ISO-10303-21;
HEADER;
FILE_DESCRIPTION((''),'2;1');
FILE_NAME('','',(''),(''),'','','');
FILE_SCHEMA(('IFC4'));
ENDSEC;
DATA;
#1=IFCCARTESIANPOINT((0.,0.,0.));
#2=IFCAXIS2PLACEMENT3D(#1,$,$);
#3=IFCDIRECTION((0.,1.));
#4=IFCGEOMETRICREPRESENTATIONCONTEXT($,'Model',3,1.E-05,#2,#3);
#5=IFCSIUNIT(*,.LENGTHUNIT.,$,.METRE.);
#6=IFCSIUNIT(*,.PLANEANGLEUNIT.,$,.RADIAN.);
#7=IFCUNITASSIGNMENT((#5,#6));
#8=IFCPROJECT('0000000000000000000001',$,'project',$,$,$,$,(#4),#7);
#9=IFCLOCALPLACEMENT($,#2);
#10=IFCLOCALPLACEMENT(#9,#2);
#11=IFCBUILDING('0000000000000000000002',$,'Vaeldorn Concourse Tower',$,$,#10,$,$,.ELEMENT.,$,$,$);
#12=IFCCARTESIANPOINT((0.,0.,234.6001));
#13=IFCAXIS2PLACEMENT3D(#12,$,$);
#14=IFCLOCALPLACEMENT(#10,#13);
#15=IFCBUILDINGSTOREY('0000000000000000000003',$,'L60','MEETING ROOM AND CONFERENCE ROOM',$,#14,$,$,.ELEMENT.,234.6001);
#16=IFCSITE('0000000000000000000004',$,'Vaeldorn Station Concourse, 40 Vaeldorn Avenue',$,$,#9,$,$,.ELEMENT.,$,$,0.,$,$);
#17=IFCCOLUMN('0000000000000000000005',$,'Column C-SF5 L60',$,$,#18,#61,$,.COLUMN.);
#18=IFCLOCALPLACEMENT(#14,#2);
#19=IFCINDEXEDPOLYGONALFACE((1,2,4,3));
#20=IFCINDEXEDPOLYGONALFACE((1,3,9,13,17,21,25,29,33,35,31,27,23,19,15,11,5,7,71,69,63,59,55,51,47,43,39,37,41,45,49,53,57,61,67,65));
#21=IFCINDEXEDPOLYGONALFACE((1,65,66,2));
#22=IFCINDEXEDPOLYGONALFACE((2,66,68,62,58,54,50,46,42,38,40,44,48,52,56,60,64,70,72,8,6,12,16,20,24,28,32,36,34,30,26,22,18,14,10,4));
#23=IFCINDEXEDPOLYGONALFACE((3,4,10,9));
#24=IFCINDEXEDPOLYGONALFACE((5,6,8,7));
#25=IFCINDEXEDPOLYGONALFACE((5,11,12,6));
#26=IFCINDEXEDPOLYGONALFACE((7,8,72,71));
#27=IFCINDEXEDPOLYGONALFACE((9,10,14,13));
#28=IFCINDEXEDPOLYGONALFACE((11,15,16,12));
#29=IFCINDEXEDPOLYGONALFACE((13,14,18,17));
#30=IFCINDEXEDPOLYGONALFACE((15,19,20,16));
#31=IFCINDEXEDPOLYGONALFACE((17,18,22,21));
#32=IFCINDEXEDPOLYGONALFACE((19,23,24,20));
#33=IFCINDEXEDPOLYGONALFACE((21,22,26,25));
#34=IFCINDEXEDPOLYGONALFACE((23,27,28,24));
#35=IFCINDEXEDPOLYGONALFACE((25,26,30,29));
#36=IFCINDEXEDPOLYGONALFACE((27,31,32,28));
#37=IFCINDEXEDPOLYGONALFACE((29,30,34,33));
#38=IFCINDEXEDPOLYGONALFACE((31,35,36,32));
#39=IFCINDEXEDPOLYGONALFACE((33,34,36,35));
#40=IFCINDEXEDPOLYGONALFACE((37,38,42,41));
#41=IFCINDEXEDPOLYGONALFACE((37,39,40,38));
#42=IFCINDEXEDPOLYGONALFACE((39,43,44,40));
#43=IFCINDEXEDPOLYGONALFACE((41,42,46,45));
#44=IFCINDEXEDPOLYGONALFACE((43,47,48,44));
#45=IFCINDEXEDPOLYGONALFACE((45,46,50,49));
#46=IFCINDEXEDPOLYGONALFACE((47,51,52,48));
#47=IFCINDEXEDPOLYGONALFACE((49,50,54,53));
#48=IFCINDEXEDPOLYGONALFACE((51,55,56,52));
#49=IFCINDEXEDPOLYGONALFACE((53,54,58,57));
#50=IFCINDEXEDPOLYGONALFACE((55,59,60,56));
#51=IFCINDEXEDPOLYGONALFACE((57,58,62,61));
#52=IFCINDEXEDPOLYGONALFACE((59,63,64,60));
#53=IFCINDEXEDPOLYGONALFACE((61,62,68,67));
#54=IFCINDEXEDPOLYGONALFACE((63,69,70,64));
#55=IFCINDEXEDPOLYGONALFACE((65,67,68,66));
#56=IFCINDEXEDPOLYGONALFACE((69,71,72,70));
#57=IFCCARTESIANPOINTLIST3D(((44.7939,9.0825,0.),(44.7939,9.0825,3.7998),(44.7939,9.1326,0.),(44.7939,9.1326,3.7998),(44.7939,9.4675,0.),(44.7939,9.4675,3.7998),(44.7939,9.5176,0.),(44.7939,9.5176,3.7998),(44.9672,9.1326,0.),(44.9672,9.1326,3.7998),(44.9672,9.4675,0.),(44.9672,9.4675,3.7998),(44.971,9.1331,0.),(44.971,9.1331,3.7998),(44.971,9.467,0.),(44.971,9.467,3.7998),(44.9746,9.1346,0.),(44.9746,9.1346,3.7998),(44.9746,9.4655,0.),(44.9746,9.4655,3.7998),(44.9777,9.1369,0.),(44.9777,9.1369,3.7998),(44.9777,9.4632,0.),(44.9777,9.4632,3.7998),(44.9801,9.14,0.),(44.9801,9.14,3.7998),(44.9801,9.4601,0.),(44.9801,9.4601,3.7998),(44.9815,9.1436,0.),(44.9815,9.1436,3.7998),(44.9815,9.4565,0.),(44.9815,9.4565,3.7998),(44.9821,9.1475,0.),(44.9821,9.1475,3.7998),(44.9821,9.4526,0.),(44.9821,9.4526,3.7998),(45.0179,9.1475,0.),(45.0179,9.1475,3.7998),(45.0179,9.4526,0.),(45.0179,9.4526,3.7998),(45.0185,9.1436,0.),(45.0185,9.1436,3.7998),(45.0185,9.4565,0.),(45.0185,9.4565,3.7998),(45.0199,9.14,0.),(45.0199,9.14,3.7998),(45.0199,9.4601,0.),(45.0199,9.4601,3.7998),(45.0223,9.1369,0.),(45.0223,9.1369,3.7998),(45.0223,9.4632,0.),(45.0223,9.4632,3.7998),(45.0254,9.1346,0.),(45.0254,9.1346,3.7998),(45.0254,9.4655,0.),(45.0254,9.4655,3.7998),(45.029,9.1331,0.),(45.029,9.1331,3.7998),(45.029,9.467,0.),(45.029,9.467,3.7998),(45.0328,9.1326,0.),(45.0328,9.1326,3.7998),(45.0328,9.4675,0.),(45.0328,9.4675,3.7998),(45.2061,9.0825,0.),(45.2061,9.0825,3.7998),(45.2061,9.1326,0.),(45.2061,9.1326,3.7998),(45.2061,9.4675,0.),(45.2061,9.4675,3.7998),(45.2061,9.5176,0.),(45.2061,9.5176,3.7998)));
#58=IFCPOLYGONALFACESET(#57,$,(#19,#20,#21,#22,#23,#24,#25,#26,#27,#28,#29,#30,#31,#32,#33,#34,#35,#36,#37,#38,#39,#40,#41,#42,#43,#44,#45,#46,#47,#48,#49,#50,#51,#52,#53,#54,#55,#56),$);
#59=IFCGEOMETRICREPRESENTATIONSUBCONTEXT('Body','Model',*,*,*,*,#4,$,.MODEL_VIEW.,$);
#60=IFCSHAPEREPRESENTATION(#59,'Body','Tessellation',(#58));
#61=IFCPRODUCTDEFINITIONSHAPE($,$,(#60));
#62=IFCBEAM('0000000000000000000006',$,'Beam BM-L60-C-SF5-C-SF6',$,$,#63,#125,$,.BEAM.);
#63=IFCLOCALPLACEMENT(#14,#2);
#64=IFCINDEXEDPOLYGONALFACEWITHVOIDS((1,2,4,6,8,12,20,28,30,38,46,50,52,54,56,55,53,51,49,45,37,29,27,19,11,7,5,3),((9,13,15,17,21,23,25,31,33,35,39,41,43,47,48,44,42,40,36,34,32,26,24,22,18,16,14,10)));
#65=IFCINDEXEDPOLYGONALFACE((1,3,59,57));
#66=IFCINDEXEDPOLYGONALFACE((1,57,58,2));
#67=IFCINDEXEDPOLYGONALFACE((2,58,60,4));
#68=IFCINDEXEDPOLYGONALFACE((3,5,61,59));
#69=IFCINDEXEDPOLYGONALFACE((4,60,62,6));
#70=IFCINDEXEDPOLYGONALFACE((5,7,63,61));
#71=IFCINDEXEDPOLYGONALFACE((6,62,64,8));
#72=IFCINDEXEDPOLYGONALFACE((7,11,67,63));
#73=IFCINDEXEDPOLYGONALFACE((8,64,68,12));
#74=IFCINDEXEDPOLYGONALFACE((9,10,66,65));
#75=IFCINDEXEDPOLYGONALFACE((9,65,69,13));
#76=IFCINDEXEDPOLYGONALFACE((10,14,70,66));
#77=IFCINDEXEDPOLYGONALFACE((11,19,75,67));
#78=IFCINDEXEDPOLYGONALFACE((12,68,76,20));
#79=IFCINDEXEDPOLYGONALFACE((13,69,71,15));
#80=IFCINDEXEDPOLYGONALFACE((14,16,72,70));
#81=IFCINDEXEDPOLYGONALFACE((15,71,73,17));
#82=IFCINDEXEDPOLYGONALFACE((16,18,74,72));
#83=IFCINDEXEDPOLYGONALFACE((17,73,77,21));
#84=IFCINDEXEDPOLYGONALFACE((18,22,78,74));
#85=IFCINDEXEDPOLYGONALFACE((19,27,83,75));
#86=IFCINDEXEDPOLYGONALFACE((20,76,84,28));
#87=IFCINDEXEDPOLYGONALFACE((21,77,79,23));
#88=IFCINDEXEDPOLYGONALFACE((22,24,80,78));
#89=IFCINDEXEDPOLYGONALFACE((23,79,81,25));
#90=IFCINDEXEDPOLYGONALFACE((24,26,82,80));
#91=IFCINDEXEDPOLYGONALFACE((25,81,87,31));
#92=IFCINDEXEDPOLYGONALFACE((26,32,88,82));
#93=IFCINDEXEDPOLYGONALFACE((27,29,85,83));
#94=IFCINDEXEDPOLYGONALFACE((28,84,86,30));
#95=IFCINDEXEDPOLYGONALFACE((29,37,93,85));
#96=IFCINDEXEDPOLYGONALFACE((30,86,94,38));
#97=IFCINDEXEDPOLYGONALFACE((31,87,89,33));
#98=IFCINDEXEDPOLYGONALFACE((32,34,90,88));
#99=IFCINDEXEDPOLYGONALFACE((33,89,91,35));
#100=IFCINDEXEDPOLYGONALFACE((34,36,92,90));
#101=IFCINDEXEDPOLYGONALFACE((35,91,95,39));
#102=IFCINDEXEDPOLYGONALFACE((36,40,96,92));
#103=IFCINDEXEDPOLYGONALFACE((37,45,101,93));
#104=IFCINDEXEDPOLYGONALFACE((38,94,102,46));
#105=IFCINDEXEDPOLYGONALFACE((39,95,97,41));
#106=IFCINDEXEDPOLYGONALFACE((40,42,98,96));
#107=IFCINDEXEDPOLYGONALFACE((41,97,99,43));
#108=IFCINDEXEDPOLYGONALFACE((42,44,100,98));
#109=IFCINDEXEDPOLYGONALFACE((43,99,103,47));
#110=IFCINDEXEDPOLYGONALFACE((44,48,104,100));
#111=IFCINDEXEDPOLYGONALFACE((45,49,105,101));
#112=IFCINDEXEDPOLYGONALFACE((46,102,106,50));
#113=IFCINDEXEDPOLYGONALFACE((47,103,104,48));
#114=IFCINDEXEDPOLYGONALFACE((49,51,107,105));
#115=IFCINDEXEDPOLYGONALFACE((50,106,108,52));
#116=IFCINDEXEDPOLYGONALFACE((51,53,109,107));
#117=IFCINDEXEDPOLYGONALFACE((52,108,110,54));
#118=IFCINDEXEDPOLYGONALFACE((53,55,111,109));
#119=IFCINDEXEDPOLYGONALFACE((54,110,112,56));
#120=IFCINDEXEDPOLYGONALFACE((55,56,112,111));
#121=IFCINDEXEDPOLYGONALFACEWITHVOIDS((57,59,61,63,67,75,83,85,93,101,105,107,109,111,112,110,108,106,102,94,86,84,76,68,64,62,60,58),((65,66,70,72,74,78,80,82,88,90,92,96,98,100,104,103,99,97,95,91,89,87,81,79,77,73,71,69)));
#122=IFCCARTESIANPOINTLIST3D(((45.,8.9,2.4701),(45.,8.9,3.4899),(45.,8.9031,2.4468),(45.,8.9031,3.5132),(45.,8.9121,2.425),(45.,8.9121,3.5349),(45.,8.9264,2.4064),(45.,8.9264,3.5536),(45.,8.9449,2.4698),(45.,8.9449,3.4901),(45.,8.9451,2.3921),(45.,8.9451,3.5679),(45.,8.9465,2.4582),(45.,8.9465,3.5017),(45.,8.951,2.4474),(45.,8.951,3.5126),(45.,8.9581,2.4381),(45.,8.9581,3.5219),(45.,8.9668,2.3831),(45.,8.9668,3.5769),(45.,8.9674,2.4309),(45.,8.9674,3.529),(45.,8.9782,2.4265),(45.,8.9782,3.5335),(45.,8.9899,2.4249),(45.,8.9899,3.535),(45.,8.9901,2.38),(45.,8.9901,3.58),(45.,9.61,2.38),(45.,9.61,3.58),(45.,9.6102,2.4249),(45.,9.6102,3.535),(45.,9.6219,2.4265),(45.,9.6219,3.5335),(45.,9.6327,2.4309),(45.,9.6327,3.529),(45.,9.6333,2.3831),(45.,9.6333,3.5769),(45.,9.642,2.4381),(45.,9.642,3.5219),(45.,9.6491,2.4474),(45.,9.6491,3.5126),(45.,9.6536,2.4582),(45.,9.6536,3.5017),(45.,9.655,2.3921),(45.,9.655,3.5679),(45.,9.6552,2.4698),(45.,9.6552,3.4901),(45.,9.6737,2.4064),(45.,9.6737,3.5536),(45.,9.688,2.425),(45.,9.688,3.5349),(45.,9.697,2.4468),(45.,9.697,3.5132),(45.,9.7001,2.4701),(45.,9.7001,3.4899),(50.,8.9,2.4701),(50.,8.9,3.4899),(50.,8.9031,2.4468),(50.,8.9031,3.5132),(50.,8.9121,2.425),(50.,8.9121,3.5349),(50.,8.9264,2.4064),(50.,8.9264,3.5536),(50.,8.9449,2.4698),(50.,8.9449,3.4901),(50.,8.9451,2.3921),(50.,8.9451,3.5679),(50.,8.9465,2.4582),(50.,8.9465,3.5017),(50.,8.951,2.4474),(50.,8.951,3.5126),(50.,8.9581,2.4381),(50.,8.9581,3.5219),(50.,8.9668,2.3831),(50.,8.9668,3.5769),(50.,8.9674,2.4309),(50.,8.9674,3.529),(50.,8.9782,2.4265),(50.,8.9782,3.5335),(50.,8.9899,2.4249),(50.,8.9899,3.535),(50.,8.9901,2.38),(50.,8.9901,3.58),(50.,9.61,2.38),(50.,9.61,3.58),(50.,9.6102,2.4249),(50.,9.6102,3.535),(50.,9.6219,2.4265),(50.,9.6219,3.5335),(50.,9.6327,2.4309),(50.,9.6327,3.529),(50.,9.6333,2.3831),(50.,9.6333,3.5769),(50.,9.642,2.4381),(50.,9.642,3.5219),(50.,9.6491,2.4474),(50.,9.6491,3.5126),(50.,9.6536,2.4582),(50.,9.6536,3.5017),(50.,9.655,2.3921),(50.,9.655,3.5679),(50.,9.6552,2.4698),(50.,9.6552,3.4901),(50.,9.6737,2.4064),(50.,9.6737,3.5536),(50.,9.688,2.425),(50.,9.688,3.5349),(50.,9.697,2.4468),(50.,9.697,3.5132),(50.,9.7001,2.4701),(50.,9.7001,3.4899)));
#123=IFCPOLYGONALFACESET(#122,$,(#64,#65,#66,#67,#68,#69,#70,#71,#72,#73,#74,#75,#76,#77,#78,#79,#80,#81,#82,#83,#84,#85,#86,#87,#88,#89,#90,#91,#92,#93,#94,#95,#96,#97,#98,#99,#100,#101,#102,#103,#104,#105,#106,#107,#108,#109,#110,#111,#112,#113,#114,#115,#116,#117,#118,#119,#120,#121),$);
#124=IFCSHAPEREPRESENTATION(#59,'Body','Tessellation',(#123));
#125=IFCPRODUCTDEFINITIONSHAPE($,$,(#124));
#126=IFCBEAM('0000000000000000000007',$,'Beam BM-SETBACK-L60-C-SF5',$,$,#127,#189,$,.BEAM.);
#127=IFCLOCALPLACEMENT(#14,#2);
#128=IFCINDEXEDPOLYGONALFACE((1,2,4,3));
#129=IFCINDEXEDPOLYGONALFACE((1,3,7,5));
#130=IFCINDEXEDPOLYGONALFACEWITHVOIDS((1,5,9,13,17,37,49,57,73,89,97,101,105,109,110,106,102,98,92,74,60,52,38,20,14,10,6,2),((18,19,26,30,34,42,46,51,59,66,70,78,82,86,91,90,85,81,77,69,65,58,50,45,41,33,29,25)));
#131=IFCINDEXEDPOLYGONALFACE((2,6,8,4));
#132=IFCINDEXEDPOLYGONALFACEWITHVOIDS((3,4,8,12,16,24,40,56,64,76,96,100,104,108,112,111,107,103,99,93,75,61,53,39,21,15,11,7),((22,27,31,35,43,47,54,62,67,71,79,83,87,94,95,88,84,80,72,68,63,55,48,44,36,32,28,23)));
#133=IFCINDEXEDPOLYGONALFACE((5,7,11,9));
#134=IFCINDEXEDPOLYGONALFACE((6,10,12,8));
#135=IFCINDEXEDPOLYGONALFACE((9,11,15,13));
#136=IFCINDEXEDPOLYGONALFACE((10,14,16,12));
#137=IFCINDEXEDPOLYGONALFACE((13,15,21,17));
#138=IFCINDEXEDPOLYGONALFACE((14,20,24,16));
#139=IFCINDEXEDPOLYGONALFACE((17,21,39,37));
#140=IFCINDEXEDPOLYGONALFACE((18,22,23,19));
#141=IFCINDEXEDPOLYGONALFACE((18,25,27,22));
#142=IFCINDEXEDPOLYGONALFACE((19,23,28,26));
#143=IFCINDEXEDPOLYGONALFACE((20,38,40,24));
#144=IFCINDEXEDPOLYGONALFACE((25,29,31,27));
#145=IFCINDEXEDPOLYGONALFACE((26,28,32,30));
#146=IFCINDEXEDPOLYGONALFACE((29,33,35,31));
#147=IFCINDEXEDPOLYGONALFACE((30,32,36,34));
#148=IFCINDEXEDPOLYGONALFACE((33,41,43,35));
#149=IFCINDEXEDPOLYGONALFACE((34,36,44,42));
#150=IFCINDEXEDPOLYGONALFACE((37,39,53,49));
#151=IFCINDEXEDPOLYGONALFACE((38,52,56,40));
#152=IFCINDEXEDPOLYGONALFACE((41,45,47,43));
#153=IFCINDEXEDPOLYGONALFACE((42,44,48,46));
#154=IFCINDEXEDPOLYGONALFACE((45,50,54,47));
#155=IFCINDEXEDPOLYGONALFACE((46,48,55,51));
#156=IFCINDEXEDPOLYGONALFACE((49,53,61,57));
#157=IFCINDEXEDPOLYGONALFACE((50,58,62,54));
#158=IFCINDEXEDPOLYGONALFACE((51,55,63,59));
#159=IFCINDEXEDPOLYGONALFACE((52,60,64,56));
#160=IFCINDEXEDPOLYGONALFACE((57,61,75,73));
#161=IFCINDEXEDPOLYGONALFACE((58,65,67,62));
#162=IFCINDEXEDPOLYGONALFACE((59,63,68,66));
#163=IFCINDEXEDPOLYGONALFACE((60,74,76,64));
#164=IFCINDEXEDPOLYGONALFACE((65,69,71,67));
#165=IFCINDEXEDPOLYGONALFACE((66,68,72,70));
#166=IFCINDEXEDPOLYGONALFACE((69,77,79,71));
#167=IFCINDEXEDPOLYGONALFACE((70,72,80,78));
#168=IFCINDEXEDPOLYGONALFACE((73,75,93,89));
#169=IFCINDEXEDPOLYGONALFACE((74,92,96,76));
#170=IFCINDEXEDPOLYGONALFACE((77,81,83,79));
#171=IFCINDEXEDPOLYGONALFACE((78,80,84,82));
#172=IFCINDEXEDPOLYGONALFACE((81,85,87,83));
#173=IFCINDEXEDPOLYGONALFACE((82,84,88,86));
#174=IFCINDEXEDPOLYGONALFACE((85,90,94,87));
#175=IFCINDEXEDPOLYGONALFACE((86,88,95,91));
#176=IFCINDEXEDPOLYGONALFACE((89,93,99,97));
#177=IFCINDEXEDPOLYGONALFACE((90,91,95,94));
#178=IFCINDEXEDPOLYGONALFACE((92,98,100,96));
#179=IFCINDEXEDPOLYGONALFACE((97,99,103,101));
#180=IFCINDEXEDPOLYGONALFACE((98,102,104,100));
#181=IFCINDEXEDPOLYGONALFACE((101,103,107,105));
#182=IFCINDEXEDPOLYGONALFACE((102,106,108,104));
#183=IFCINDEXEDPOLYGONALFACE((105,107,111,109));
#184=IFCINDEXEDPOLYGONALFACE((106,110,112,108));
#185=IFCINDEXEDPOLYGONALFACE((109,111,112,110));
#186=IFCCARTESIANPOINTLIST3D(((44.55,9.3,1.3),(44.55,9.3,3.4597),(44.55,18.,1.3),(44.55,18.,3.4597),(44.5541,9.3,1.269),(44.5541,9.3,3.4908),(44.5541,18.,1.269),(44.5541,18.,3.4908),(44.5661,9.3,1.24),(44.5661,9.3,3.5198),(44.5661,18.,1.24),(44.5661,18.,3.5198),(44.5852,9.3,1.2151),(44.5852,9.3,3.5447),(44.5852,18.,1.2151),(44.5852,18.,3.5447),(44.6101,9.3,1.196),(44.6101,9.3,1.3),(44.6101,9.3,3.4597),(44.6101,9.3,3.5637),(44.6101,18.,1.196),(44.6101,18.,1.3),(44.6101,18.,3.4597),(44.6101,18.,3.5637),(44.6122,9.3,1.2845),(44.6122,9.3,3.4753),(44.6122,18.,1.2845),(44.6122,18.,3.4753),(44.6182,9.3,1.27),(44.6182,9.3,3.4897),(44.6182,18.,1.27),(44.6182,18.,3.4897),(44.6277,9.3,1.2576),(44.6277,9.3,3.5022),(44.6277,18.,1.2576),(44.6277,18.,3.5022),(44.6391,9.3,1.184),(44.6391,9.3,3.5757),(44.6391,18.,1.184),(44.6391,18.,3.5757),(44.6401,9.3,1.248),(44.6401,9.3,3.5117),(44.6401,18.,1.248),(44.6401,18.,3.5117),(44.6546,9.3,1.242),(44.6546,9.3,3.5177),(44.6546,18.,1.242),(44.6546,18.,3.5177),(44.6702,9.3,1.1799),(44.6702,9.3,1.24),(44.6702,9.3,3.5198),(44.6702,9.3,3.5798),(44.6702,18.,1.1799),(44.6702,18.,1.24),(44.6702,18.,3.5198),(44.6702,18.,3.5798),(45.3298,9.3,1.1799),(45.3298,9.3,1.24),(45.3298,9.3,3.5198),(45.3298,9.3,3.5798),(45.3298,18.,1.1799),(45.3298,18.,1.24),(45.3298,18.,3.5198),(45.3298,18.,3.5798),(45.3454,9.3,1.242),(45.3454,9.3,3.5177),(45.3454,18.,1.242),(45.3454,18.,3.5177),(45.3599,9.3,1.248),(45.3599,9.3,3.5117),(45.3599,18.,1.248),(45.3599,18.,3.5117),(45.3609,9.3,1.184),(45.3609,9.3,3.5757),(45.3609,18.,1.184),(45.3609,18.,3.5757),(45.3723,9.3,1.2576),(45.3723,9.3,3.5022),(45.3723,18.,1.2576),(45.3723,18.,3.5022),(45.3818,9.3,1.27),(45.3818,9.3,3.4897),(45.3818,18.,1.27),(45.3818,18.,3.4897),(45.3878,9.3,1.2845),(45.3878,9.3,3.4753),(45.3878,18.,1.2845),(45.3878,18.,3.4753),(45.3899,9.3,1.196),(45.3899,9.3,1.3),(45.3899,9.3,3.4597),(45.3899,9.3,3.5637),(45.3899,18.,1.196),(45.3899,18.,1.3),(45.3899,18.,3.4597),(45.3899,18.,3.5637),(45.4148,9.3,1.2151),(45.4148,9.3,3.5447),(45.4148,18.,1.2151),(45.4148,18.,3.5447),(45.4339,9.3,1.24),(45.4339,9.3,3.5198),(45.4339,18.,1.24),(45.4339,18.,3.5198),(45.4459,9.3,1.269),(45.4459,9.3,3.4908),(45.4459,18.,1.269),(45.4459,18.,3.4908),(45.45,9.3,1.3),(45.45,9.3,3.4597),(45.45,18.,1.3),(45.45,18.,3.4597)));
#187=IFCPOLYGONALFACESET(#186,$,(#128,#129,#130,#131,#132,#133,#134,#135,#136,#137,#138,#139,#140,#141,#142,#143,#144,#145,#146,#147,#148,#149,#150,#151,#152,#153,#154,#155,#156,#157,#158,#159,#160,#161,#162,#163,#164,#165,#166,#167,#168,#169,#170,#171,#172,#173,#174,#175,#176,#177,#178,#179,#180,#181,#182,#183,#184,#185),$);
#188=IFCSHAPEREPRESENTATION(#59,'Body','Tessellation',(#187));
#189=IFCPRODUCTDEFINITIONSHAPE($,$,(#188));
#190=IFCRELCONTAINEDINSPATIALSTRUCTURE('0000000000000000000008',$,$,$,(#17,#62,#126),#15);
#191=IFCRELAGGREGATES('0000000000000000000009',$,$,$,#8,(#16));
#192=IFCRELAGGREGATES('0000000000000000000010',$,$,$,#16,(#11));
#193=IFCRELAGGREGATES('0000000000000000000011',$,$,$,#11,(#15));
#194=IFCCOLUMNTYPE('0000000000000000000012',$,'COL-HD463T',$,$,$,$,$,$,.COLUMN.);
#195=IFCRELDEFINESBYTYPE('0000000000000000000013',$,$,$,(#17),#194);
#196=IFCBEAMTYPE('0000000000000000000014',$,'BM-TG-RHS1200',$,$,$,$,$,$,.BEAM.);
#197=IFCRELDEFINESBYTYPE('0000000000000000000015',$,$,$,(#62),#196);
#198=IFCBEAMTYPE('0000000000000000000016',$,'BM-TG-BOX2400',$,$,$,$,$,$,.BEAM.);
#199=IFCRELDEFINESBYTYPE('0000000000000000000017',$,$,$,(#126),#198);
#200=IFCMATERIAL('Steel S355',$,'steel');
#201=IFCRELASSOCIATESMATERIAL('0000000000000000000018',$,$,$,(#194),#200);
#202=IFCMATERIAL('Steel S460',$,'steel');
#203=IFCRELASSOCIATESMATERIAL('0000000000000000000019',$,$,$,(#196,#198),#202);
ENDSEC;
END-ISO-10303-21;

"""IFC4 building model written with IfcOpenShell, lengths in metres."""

from ifc_helpers import new_model, si_unit, direction, frame, origin, origin_2d, place, context, subcontext, project, spatial, hollow_rectangle, i_section, extrude, source, transform, mapped, material, material_profile, profile_set, type_object, element, save


model = new_model("IFC4")

# Units and contexts
model_context = context("Model", 3, precision=1e-05, world=origin(), true_north=direction((0.0, 1.0)))
body_context = subcontext(model_context, "Body", "Model", "MODEL_VIEW")
ifc_project = project(units=[si_unit("LENGTHUNIT", "METRE"), si_unit("PLANEANGLEUNIT", "RADIAN")], contexts=[model_context])

# Site, building, storey
site_placement = place(None, origin())
site = spatial("IfcSite", under=ifc_project, at=site_placement, Name="Vaeldorn Station Concourse, 40 Vaeldorn Avenue", CompositionType="ELEMENT", RefElevation=0.0)
building_placement = place(site_placement, origin())
building = spatial("IfcBuilding", under=site, at=building_placement, Name="Vaeldorn Concourse Tower", CompositionType="ELEMENT")
storey_placement = place(building_placement, frame((0.0, 0.0, 234.6001)))
storey = spatial("IfcBuildingStorey", under=building, at=storey_placement, Name="L60", Description="MEETING ROOM AND CONFERENCE ROOM", CompositionType="ELEMENT", Elevation=234.6001)

# Column
ifc_material_1 = material(Name="Steel S355", Category="steel")
ifc_material_profile_1 = material_profile(ifc_material_1, i_section(OverallWidth=0.4121, OverallDepth=0.4351, WebThickness=0.0359, FlangeThickness=0.05, FilletRadius=0.0149, at=origin_2d()), Name="HD 400x463")
ifc_profile_set_1 = profile_set([ifc_material_profile_1], Name="Steel S355")
column_type = type_object("IfcColumnType", Name="COL-HD463T", PredefinedType="COLUMN", material=ifc_profile_set_1)
shared_shape_1 = source(origin(), body_context, "Body", "SweptSolid", [
    extrude(i_section(OverallWidth=0.4121, OverallDepth=0.4351, WebThickness=0.0359, FlangeThickness=0.05, FilletRadius=0.0149, at=origin_2d()), origin(), (0.0, 0.0, 1.0), 3.7998),
])
column_placement = place(storey_placement, frame((45.0, 9.3, 0.0), z_axis=(0.0, 0.0, 1.0), x_axis=(1.0, 0.0, 0.0)))
element("IfcColumn", 1, at=column_placement, inside=storey, type_object=column_type, Name="Column C-SF5 L60", PredefinedType="COLUMN", context=body_context, shape_type="MappedRepresentation", body=[
    mapped(shared_shape_1, transform((0.0, 0.0, 0.0), scale=1.0)),
])

# Beams
ifc_material_2 = material(Name="Steel S460", Category="steel")
ifc_material_profile_2 = material_profile(ifc_material_2, hollow_rectangle(XDim=0.8, YDim=1.2, WallThickness=0.0449, InnerFilletRadius=0.0449, OuterFilletRadius=0.0901, at=origin_2d()), Name="RHS 1200x800x45")
ifc_profile_set_2 = profile_set([ifc_material_profile_2], Name="Steel S460")
beam_type_1 = type_object("IfcBeamType", Name="BM-TG-RHS1200", PredefinedType="BEAM", material=ifc_profile_set_2)
shared_shape_2 = source(origin(), body_context, "Body", "SweptSolid", [
    extrude(hollow_rectangle(XDim=0.8, YDim=1.2, WallThickness=0.0449, InnerFilletRadius=0.0449, OuterFilletRadius=0.0901, at=origin_2d()), origin(), (0.0, 0.0, 1.0), 5.0),
])
beam_1_placement = place(storey_placement, frame((45.0, 9.3, 2.98), z_axis=(1.0, 0.0, 0.0), x_axis=(0.0, 1.0, 0.0)))
element("IfcBeam", 2, at=beam_1_placement, inside=storey, type_object=beam_type_1, Name="Beam BM-L60-C-SF5-C-SF6", PredefinedType="BEAM", context=body_context, shape_type="MappedRepresentation", body=[
    mapped(shared_shape_2, transform((0.0, 0.0, 0.0), scale=1.0)),
])
ifc_material_profile_3 = material_profile(ifc_material_2, hollow_rectangle(XDim=0.8999, YDim=2.3999, WallThickness=0.0601, InnerFilletRadius=0.0601, OuterFilletRadius=0.1201, at=origin_2d()), Name="RHS 2400x900x60")
ifc_profile_set_3 = profile_set([ifc_material_profile_3], Name="Steel S460")
beam_type_2 = type_object("IfcBeamType", Name="BM-TG-BOX2400", PredefinedType="BEAM", material=ifc_profile_set_3)
shared_shape_3 = source(origin(), body_context, "Body", "SweptSolid", [
    extrude(hollow_rectangle(XDim=0.8999, YDim=2.3999, WallThickness=0.0601, InnerFilletRadius=0.0601, OuterFilletRadius=0.1201, at=origin_2d()), origin(), (0.0, 0.0, 1.0), 8.7),
])
beam_2_placement = place(storey_placement, frame((45.0, 9.3, 2.3799), z_axis=(0.0, 1.0, 0.0), x_axis=(-1.0, 0.0, 0.0)))
element("IfcBeam", 3, at=beam_2_placement, inside=storey, type_object=beam_type_2, Name="Beam BM-SETBACK-L60-C-SF5", PredefinedType="BEAM", context=body_context, shape_type="MappedRepresentation", body=[
    mapped(shared_shape_3, transform((0.0, 0.0, 0.0), scale=1.0)),
])

save(model, "model.ifc")
